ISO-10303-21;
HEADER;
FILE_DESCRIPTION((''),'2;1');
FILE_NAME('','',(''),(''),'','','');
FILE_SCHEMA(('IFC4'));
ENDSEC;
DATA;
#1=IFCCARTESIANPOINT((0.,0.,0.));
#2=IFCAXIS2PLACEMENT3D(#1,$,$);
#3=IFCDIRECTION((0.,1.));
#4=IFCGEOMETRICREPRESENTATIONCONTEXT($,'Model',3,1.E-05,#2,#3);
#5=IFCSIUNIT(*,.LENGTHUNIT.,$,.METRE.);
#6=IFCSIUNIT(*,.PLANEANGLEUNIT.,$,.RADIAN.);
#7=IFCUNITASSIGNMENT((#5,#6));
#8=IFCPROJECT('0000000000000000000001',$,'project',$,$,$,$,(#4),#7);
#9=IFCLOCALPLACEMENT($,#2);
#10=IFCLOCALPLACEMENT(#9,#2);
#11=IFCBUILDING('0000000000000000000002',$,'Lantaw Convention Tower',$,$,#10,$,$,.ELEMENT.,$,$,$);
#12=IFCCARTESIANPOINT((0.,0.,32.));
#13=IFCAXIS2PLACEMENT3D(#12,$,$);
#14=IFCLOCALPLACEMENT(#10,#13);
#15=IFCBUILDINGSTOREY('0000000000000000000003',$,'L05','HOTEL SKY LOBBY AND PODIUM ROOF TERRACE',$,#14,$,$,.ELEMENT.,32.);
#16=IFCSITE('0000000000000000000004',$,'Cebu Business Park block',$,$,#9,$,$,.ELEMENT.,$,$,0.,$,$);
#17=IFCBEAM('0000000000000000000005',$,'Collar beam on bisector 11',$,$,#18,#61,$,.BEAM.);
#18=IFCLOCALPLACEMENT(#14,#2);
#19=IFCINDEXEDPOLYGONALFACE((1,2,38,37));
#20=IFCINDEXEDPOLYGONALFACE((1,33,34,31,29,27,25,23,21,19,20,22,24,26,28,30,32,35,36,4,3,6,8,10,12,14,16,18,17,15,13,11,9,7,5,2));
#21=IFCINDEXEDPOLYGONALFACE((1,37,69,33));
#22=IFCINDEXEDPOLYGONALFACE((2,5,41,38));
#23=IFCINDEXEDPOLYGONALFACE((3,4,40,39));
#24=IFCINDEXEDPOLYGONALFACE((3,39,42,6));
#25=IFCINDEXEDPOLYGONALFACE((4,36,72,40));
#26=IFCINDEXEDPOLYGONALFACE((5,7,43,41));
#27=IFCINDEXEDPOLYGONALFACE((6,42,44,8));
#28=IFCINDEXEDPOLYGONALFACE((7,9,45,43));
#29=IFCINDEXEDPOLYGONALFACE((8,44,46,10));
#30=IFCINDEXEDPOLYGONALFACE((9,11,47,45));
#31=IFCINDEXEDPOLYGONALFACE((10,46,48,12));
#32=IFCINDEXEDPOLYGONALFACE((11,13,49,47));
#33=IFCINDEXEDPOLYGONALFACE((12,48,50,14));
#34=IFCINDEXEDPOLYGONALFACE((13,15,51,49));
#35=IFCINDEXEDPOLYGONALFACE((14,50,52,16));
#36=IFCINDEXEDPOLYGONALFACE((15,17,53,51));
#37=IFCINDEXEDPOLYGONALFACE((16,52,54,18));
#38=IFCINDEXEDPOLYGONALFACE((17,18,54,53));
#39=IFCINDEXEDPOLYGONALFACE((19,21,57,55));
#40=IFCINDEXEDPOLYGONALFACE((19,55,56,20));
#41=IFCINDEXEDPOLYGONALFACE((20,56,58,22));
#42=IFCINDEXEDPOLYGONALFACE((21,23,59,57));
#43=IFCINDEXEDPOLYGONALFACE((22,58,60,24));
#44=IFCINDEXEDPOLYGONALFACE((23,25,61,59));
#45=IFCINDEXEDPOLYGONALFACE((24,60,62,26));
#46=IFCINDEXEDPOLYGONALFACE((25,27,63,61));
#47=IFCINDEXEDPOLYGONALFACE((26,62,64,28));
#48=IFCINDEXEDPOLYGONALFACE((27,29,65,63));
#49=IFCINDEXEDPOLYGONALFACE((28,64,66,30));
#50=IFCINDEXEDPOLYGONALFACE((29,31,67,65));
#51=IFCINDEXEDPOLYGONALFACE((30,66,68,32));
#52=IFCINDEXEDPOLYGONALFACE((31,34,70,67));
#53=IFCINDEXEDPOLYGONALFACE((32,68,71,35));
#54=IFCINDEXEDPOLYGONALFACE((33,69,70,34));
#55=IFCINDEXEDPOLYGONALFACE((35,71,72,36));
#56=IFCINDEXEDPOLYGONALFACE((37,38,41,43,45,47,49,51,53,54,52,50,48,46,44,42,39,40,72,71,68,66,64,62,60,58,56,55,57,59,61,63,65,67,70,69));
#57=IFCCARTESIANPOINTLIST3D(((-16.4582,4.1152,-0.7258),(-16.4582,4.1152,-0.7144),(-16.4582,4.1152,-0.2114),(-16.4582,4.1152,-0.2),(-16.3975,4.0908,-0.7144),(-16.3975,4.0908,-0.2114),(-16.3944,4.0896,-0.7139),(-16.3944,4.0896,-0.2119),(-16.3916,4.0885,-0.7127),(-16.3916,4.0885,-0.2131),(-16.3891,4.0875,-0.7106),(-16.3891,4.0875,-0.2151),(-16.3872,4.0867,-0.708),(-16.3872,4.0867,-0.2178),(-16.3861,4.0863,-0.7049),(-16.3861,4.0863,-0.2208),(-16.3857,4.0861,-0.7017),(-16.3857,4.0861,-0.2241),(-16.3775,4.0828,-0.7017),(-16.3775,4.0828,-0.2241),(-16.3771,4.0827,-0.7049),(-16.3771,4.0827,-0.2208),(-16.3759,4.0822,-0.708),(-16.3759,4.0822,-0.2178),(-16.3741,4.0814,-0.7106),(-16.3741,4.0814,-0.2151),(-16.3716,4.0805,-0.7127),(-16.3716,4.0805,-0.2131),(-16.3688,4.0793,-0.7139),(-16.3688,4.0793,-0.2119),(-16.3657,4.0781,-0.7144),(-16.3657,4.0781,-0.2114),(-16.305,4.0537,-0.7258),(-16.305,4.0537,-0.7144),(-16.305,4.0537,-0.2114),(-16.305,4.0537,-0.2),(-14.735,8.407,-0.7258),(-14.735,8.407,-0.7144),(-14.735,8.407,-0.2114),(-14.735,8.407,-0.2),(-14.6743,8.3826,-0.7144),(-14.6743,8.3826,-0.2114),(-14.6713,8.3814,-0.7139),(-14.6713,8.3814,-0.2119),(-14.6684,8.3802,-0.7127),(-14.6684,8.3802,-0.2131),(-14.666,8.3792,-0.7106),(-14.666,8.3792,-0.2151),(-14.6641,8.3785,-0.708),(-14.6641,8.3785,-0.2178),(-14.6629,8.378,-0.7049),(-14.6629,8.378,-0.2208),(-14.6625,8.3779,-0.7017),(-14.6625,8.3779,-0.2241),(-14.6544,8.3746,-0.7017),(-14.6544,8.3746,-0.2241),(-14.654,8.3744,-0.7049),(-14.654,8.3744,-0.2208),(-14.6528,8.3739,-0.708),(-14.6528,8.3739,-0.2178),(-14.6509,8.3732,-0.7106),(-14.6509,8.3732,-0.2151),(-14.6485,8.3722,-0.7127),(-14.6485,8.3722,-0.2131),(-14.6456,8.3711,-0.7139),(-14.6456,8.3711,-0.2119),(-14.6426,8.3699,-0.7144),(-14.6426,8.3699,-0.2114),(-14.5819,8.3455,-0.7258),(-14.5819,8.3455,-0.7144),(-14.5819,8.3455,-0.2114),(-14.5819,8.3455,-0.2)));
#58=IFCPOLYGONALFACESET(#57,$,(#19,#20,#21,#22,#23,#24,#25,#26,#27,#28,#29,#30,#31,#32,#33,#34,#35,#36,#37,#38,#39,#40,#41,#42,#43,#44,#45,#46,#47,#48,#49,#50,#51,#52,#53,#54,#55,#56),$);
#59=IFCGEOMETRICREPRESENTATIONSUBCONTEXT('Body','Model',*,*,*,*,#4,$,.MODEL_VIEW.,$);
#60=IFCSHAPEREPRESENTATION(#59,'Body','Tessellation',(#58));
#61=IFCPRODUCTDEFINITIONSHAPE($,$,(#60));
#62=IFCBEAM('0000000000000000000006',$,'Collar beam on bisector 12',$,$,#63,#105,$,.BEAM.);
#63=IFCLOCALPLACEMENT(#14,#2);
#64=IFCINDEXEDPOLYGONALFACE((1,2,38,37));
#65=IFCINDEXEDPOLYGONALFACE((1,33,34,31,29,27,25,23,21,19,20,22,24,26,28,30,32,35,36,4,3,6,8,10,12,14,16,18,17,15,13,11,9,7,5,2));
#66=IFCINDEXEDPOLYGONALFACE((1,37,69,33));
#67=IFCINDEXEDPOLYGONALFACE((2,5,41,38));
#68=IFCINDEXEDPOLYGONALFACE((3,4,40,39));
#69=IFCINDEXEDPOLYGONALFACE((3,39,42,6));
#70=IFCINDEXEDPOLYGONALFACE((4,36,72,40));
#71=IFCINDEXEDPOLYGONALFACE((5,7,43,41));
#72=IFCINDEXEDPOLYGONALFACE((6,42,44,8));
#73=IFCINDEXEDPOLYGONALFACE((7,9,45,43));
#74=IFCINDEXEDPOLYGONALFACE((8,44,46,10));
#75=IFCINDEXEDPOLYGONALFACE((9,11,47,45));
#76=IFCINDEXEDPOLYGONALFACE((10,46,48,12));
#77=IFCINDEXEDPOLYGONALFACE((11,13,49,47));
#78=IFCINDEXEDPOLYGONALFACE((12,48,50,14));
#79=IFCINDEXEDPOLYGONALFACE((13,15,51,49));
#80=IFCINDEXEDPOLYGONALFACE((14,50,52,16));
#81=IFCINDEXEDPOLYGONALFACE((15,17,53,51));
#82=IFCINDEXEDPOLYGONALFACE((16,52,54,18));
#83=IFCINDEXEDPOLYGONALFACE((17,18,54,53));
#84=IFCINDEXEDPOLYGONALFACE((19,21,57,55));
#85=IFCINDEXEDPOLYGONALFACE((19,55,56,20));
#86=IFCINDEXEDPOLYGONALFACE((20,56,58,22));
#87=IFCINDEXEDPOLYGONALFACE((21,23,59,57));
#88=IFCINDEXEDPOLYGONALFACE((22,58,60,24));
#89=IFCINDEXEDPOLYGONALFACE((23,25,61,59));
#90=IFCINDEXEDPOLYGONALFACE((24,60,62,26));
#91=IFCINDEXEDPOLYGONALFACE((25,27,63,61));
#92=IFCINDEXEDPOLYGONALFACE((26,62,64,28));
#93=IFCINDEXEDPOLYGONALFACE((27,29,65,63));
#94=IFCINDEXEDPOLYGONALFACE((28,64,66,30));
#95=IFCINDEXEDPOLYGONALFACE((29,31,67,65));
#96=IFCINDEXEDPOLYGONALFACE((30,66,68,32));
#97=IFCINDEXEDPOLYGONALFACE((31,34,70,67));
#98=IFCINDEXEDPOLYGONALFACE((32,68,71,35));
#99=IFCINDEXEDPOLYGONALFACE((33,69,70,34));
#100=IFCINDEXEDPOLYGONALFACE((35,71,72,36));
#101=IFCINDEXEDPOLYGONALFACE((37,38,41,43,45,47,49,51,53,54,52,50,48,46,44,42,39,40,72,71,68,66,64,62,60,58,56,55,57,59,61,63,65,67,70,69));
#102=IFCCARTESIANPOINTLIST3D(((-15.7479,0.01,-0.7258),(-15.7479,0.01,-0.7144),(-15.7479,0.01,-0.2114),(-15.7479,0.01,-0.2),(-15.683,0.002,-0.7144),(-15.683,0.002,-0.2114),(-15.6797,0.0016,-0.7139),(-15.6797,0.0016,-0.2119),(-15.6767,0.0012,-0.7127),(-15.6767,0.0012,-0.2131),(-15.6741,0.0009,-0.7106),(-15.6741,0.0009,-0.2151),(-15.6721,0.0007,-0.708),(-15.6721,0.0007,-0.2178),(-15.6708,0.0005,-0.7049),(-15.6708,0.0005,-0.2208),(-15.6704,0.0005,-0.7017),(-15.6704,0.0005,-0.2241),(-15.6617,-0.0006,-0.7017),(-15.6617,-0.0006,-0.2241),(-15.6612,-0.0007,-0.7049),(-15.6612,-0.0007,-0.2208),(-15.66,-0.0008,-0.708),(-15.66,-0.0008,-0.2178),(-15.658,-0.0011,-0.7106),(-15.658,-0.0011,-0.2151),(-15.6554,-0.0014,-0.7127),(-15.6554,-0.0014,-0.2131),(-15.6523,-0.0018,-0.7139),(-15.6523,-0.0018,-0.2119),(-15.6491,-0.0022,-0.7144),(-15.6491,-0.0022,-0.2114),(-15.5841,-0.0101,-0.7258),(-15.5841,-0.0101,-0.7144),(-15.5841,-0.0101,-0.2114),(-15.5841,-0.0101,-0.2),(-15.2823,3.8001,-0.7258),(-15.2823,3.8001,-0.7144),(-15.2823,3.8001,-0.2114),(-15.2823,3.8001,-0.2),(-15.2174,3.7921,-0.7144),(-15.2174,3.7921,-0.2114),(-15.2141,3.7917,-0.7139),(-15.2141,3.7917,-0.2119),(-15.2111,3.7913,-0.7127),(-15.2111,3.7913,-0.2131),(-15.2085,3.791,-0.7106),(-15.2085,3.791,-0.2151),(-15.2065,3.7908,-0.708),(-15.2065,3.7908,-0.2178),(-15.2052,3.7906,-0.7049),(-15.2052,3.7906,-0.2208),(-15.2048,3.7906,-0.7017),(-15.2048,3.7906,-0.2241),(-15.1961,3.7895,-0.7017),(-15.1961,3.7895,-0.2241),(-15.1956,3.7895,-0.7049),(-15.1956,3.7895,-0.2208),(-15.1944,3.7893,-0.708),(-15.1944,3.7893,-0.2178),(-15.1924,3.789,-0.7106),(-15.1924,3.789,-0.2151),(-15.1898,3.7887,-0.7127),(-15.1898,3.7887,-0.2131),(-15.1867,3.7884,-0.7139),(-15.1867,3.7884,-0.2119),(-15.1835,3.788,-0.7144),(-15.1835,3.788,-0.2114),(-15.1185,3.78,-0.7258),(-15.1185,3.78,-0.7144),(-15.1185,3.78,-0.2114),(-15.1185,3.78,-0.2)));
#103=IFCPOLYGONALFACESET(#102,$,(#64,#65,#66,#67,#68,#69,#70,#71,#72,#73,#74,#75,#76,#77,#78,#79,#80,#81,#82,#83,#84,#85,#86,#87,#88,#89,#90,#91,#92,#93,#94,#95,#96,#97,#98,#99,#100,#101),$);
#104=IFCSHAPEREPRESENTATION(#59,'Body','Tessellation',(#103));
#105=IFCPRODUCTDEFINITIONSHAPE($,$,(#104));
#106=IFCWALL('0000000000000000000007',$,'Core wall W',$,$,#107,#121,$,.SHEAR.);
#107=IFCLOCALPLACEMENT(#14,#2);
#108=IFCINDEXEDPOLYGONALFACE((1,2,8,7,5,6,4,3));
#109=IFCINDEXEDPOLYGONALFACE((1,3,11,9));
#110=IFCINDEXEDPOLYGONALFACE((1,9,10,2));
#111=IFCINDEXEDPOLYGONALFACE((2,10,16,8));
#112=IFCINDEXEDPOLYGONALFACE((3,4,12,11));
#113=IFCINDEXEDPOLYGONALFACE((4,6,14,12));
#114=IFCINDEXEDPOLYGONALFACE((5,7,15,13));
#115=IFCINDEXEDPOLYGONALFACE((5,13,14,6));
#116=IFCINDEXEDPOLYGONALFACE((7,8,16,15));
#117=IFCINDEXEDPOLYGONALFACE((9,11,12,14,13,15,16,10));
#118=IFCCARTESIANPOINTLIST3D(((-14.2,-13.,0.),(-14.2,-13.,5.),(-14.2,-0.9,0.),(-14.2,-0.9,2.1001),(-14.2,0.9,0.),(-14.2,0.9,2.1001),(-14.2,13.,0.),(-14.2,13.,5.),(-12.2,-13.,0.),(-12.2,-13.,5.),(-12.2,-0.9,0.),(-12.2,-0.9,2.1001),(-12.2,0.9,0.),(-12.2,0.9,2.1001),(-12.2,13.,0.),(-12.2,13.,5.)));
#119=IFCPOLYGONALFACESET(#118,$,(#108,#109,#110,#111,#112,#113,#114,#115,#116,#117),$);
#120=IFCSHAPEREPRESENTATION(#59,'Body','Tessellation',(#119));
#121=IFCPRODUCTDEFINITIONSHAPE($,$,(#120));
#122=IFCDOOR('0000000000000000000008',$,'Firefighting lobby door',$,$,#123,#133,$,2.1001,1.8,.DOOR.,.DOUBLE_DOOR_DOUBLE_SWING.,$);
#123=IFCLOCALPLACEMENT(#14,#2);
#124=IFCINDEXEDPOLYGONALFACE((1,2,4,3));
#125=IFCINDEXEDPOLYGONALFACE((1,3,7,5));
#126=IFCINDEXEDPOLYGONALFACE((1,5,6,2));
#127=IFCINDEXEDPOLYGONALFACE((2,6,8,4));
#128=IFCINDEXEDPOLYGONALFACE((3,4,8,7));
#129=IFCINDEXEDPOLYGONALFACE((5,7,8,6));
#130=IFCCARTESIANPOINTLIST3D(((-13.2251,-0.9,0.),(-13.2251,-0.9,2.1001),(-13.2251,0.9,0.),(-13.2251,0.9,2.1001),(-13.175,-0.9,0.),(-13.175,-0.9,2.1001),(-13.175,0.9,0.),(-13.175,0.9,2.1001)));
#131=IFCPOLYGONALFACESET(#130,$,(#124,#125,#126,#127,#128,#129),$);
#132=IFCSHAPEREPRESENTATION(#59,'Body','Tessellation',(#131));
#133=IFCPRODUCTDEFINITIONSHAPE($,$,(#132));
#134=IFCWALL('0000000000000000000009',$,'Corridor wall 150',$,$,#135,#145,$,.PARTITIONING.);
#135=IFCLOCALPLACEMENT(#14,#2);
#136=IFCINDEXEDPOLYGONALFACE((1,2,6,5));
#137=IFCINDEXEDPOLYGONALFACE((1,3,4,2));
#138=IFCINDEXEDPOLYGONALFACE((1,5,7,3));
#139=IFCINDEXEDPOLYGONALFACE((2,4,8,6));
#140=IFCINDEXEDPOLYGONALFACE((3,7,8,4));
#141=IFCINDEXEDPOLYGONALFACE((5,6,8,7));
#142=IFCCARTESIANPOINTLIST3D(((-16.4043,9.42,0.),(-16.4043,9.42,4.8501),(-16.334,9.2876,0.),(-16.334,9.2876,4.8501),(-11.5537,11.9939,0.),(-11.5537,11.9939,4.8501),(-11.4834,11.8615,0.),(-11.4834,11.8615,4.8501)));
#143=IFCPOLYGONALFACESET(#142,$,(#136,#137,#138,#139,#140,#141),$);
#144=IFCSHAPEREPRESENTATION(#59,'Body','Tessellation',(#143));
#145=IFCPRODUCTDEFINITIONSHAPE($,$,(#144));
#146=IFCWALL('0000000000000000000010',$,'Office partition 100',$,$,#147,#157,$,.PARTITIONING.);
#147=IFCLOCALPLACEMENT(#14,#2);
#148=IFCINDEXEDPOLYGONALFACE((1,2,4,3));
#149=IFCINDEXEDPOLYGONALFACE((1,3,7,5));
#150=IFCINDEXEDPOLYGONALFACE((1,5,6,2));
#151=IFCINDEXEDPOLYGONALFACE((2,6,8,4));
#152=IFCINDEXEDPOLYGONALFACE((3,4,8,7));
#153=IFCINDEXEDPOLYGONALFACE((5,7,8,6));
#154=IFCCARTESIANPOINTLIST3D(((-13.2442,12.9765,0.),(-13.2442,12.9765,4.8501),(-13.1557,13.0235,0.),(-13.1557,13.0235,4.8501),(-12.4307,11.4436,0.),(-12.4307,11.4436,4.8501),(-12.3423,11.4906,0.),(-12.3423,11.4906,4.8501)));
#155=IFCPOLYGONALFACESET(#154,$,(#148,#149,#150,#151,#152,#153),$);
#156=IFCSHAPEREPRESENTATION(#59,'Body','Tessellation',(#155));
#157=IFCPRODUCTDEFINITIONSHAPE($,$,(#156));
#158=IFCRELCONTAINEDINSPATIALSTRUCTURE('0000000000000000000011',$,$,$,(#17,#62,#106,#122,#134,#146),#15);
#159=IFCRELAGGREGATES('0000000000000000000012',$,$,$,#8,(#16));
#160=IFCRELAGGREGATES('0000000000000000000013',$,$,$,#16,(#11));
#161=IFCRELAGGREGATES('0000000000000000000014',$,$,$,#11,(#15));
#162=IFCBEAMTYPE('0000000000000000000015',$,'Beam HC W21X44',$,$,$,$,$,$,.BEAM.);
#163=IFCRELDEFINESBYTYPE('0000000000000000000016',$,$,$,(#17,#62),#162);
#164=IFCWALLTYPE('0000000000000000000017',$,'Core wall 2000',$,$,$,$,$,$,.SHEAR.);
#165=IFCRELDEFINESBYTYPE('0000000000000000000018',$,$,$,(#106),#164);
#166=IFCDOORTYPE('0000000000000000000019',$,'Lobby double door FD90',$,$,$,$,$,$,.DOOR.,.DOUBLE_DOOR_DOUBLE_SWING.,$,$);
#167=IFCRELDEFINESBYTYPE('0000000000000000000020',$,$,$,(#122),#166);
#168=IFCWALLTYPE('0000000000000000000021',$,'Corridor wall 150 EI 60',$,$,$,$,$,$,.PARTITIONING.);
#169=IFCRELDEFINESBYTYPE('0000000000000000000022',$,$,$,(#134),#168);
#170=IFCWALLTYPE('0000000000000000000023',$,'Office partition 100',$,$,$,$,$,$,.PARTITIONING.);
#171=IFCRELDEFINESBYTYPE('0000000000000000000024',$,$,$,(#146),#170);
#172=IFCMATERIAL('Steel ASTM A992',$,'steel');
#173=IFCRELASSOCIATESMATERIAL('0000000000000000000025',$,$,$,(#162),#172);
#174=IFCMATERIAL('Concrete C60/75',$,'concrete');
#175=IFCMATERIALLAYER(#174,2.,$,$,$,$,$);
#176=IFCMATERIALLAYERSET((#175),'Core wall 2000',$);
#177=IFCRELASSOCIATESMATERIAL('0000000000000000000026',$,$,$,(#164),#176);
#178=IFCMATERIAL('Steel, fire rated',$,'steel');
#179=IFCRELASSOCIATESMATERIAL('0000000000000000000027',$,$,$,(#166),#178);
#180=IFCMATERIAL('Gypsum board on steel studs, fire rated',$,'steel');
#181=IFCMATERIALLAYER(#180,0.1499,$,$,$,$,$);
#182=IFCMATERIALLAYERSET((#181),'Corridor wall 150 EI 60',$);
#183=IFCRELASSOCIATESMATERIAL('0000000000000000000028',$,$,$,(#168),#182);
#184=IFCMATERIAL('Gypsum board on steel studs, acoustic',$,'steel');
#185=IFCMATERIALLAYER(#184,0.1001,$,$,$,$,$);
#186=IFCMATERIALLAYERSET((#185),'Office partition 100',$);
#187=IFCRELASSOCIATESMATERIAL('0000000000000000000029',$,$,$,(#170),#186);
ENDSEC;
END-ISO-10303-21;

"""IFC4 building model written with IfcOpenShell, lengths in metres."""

from ifc_helpers import new_model, si_unit, direction, frame, frame_2d, origin, origin_2d, place, context, subcontext, project, spatial, rectangle, i_section, extrude, material, layer, layer_set, material_profile, profile_set, type_object, element, fill, save


model = new_model("IFC4")

# Units and contexts
model_context = context("Model", 3, precision=1e-05, world=origin(), true_north=direction((0.0, 1.0)))
body_context = subcontext(model_context, "Body", "Model", "MODEL_VIEW")
ifc_project = project(units=[si_unit("LENGTHUNIT", "METRE"), si_unit("PLANEANGLEUNIT", "RADIAN")], contexts=[model_context])

# Site, building, storey
site_placement = place(None, origin())
site = spatial("IfcSite", under=ifc_project, at=site_placement, Name="Cebu Business Park block", CompositionType="ELEMENT", RefElevation=0.0)
building_placement = place(site_placement, origin())
building = spatial("IfcBuilding", under=site, at=building_placement, Name="Lantaw Convention Tower", CompositionType="ELEMENT")
storey_placement = place(building_placement, frame((0.0, 0.0, 32.0)))
storey = spatial("IfcBuildingStorey", under=building, at=storey_placement, Name="L05", Description="HOTEL SKY LOBBY AND PODIUM ROOF TERRACE", CompositionType="ELEMENT", Elevation=32.0)

# Shared definitions
ifc_material_1 = material(Name="Concrete C60/75", Category="concrete")

# Beams
ifc_material_2 = material(Name="Steel ASTM A992", Category="steel")
ifc_material_profile_1 = material_profile(ifc_material_2, i_section(OverallWidth=0.165, OverallDepth=0.5259, WebThickness=0.0088, FlangeThickness=0.0115, FilletRadius=0.0127, at=origin_2d()), Name="W21X44")
ifc_profile_set_1 = profile_set([ifc_material_profile_1], Name="Steel ASTM A992")
beam_type_1 = type_object("IfcBeamType", Name="Beam HC W21X44", PredefinedType="BEAM", material=ifc_profile_set_1)
beam_1_placement = place(storey_placement, frame((-14.6584, 8.3762, -0.4629), z_axis=(-0.372592, -0.927995, 0.0), x_axis=(0.927995, -0.372592, 0.0)))
element("IfcBeam", 1, at=beam_1_placement, inside=storey, type_object=beam_type_1, Name="Collar beam on bisector 11", PredefinedType="BEAM", context=body_context, shape_type="SweptSolid", body=[
    extrude(i_section(OverallWidth=0.165, OverallDepth=0.5259, WebThickness=0.0088, FlangeThickness=0.0115, FilletRadius=0.0127, at=origin_2d()), origin(), (0.0, 0.0, 1.0), 4.6248),
])
beam_2_placement = place(storey_placement, frame((-15.2004, 3.79, -0.4629), z_axis=(-0.121926, -0.992539, 0.0), x_axis=(0.992539, -0.121926, 0.0)))
element("IfcBeam", 2, at=beam_2_placement, inside=storey, type_object=beam_type_1, Name="Collar beam on bisector 12", PredefinedType="BEAM", context=body_context, shape_type="SweptSolid", body=[
    extrude(i_section(OverallWidth=0.165, OverallDepth=0.5259, WebThickness=0.0088, FlangeThickness=0.0115, FilletRadius=0.0127, at=origin_2d()), origin(), (0.0, 0.0, 1.0), 3.8186),
])

# Wall, opening, door
ifc_layer_1 = layer(ifc_material_1, 2.0)
ifc_layer_set_1 = layer_set([ifc_layer_1], Name="Core wall 2000")
wall_type_1 = type_object("IfcWallType", Name="Core wall 2000", PredefinedType="SHEAR", material=ifc_layer_set_1)
wall_1_placement = place(storey_placement, frame((-13.2, 13.0, 0.0), z_axis=(0.0, 0.0, 1.0), x_axis=(0.0, -1.0, 0.0)))
wall_1 = element("IfcWall", 3, at=wall_1_placement, inside=storey, type_object=wall_type_1, Name="Core wall W", PredefinedType="SHEAR", context=body_context, shape_type="SweptSolid", body=[
    extrude(rectangle(XDim=26.0, YDim=2.0, at=frame_2d((13.0, 0.0))), origin(), (0.0, 0.0, 1.0), 5.0),
])
opening_1_placement = place(wall_1_placement, frame((12.1001, 0.0, 0.0)))
opening_1 = element("IfcOpeningElement", 4, at=opening_1_placement, cuts=wall_1, PredefinedType="OPENING", context=body_context, shape_type="SweptSolid", body=[
    extrude(rectangle(XDim=1.8, YDim=2.1001, at=frame_2d((0.8999, 1.05))), frame((0.0, 1.01, 0.0), z_axis=(0.0, -1.0, 0.0), x_axis=(1.0, 0.0, 0.0)), (0.0, 0.0, 1.0), 2.02),
])
ifc_material_3 = material(Name="Steel, fire rated", Category="steel")
door_type_1 = type_object("IfcDoorType", Name="Lobby double door FD90", OperationType="DOUBLE_DOOR_DOUBLE_SWING", PredefinedType="DOOR", material=ifc_material_3)
door_1_placement = place(opening_1_placement, origin())
door_1 = element("IfcDoor", 5, at=door_1_placement, inside=storey, type_object=door_type_1, Name="Firefighting lobby door", OperationType="DOUBLE_DOOR_DOUBLE_SWING", OverallHeight=2.1001, OverallWidth=1.8, PredefinedType="DOOR", context=body_context, shape_type="SweptSolid", body=[
    extrude(rectangle(XDim=1.8, YDim=2.1001, at=frame_2d((0.8999, 1.05))), frame((0.0, 0.0249, 0.0), z_axis=(0.0, -1.0, 0.0), x_axis=(1.0, 0.0, 0.0)), (0.0, 0.0, 1.0), 0.05),
])
fill(opening_1, door_1)

# Walls
ifc_material_4 = material(Name="Gypsum board on steel studs, fire rated", Category="steel")
ifc_layer_2 = layer(ifc_material_4, 0.1499)
ifc_layer_set_2 = layer_set([ifc_layer_2], Name="Corridor wall 150 EI 60")
wall_type_2 = type_object("IfcWallType", Name="Corridor wall 150 EI 60", PredefinedType="PARTITIONING", material=ifc_layer_set_2)
wall_2_placement = place(storey_placement, frame((-11.5186, 11.9277, 0.0), z_axis=(0.0, 0.0, 1.0), x_axis=(-0.883334, -0.468743, 0.0)))
element("IfcWall", 6, at=wall_2_placement, inside=storey, type_object=wall_type_2, Name="Corridor wall 150", PredefinedType="PARTITIONING", context=body_context, shape_type="SweptSolid", body=[
    extrude(rectangle(XDim=5.4912, YDim=0.1499, at=frame_2d((2.7456, 0.0))), origin(), (0.0, 0.0, 1.0), 4.8501),
])
ifc_material_5 = material(Name="Gypsum board on steel studs, acoustic", Category="steel")
ifc_layer_3 = layer(ifc_material_5, 0.1001)
ifc_layer_set_3 = layer_set([ifc_layer_3], Name="Office partition 100")
wall_type_3 = type_object("IfcWallType", Name="Office partition 100", PredefinedType="PARTITIONING", material=ifc_layer_set_3)
wall_3_placement = place(storey_placement, frame((-13.2, 13.0, 0.0), z_axis=(0.0, 0.0, 1.0), x_axis=(0.468747, -0.883332, 0.0)))
element("IfcWall", 7, at=wall_3_placement, inside=storey, type_object=wall_type_3, Name="Office partition 100", PredefinedType="PARTITIONING", context=body_context, shape_type="SweptSolid", body=[
    extrude(rectangle(XDim=1.7354, YDim=0.1001, at=frame_2d((0.8677, 0.0))), origin(), (0.0, 0.0, 1.0), 4.8501),
])

save(model, "model.ifc")
